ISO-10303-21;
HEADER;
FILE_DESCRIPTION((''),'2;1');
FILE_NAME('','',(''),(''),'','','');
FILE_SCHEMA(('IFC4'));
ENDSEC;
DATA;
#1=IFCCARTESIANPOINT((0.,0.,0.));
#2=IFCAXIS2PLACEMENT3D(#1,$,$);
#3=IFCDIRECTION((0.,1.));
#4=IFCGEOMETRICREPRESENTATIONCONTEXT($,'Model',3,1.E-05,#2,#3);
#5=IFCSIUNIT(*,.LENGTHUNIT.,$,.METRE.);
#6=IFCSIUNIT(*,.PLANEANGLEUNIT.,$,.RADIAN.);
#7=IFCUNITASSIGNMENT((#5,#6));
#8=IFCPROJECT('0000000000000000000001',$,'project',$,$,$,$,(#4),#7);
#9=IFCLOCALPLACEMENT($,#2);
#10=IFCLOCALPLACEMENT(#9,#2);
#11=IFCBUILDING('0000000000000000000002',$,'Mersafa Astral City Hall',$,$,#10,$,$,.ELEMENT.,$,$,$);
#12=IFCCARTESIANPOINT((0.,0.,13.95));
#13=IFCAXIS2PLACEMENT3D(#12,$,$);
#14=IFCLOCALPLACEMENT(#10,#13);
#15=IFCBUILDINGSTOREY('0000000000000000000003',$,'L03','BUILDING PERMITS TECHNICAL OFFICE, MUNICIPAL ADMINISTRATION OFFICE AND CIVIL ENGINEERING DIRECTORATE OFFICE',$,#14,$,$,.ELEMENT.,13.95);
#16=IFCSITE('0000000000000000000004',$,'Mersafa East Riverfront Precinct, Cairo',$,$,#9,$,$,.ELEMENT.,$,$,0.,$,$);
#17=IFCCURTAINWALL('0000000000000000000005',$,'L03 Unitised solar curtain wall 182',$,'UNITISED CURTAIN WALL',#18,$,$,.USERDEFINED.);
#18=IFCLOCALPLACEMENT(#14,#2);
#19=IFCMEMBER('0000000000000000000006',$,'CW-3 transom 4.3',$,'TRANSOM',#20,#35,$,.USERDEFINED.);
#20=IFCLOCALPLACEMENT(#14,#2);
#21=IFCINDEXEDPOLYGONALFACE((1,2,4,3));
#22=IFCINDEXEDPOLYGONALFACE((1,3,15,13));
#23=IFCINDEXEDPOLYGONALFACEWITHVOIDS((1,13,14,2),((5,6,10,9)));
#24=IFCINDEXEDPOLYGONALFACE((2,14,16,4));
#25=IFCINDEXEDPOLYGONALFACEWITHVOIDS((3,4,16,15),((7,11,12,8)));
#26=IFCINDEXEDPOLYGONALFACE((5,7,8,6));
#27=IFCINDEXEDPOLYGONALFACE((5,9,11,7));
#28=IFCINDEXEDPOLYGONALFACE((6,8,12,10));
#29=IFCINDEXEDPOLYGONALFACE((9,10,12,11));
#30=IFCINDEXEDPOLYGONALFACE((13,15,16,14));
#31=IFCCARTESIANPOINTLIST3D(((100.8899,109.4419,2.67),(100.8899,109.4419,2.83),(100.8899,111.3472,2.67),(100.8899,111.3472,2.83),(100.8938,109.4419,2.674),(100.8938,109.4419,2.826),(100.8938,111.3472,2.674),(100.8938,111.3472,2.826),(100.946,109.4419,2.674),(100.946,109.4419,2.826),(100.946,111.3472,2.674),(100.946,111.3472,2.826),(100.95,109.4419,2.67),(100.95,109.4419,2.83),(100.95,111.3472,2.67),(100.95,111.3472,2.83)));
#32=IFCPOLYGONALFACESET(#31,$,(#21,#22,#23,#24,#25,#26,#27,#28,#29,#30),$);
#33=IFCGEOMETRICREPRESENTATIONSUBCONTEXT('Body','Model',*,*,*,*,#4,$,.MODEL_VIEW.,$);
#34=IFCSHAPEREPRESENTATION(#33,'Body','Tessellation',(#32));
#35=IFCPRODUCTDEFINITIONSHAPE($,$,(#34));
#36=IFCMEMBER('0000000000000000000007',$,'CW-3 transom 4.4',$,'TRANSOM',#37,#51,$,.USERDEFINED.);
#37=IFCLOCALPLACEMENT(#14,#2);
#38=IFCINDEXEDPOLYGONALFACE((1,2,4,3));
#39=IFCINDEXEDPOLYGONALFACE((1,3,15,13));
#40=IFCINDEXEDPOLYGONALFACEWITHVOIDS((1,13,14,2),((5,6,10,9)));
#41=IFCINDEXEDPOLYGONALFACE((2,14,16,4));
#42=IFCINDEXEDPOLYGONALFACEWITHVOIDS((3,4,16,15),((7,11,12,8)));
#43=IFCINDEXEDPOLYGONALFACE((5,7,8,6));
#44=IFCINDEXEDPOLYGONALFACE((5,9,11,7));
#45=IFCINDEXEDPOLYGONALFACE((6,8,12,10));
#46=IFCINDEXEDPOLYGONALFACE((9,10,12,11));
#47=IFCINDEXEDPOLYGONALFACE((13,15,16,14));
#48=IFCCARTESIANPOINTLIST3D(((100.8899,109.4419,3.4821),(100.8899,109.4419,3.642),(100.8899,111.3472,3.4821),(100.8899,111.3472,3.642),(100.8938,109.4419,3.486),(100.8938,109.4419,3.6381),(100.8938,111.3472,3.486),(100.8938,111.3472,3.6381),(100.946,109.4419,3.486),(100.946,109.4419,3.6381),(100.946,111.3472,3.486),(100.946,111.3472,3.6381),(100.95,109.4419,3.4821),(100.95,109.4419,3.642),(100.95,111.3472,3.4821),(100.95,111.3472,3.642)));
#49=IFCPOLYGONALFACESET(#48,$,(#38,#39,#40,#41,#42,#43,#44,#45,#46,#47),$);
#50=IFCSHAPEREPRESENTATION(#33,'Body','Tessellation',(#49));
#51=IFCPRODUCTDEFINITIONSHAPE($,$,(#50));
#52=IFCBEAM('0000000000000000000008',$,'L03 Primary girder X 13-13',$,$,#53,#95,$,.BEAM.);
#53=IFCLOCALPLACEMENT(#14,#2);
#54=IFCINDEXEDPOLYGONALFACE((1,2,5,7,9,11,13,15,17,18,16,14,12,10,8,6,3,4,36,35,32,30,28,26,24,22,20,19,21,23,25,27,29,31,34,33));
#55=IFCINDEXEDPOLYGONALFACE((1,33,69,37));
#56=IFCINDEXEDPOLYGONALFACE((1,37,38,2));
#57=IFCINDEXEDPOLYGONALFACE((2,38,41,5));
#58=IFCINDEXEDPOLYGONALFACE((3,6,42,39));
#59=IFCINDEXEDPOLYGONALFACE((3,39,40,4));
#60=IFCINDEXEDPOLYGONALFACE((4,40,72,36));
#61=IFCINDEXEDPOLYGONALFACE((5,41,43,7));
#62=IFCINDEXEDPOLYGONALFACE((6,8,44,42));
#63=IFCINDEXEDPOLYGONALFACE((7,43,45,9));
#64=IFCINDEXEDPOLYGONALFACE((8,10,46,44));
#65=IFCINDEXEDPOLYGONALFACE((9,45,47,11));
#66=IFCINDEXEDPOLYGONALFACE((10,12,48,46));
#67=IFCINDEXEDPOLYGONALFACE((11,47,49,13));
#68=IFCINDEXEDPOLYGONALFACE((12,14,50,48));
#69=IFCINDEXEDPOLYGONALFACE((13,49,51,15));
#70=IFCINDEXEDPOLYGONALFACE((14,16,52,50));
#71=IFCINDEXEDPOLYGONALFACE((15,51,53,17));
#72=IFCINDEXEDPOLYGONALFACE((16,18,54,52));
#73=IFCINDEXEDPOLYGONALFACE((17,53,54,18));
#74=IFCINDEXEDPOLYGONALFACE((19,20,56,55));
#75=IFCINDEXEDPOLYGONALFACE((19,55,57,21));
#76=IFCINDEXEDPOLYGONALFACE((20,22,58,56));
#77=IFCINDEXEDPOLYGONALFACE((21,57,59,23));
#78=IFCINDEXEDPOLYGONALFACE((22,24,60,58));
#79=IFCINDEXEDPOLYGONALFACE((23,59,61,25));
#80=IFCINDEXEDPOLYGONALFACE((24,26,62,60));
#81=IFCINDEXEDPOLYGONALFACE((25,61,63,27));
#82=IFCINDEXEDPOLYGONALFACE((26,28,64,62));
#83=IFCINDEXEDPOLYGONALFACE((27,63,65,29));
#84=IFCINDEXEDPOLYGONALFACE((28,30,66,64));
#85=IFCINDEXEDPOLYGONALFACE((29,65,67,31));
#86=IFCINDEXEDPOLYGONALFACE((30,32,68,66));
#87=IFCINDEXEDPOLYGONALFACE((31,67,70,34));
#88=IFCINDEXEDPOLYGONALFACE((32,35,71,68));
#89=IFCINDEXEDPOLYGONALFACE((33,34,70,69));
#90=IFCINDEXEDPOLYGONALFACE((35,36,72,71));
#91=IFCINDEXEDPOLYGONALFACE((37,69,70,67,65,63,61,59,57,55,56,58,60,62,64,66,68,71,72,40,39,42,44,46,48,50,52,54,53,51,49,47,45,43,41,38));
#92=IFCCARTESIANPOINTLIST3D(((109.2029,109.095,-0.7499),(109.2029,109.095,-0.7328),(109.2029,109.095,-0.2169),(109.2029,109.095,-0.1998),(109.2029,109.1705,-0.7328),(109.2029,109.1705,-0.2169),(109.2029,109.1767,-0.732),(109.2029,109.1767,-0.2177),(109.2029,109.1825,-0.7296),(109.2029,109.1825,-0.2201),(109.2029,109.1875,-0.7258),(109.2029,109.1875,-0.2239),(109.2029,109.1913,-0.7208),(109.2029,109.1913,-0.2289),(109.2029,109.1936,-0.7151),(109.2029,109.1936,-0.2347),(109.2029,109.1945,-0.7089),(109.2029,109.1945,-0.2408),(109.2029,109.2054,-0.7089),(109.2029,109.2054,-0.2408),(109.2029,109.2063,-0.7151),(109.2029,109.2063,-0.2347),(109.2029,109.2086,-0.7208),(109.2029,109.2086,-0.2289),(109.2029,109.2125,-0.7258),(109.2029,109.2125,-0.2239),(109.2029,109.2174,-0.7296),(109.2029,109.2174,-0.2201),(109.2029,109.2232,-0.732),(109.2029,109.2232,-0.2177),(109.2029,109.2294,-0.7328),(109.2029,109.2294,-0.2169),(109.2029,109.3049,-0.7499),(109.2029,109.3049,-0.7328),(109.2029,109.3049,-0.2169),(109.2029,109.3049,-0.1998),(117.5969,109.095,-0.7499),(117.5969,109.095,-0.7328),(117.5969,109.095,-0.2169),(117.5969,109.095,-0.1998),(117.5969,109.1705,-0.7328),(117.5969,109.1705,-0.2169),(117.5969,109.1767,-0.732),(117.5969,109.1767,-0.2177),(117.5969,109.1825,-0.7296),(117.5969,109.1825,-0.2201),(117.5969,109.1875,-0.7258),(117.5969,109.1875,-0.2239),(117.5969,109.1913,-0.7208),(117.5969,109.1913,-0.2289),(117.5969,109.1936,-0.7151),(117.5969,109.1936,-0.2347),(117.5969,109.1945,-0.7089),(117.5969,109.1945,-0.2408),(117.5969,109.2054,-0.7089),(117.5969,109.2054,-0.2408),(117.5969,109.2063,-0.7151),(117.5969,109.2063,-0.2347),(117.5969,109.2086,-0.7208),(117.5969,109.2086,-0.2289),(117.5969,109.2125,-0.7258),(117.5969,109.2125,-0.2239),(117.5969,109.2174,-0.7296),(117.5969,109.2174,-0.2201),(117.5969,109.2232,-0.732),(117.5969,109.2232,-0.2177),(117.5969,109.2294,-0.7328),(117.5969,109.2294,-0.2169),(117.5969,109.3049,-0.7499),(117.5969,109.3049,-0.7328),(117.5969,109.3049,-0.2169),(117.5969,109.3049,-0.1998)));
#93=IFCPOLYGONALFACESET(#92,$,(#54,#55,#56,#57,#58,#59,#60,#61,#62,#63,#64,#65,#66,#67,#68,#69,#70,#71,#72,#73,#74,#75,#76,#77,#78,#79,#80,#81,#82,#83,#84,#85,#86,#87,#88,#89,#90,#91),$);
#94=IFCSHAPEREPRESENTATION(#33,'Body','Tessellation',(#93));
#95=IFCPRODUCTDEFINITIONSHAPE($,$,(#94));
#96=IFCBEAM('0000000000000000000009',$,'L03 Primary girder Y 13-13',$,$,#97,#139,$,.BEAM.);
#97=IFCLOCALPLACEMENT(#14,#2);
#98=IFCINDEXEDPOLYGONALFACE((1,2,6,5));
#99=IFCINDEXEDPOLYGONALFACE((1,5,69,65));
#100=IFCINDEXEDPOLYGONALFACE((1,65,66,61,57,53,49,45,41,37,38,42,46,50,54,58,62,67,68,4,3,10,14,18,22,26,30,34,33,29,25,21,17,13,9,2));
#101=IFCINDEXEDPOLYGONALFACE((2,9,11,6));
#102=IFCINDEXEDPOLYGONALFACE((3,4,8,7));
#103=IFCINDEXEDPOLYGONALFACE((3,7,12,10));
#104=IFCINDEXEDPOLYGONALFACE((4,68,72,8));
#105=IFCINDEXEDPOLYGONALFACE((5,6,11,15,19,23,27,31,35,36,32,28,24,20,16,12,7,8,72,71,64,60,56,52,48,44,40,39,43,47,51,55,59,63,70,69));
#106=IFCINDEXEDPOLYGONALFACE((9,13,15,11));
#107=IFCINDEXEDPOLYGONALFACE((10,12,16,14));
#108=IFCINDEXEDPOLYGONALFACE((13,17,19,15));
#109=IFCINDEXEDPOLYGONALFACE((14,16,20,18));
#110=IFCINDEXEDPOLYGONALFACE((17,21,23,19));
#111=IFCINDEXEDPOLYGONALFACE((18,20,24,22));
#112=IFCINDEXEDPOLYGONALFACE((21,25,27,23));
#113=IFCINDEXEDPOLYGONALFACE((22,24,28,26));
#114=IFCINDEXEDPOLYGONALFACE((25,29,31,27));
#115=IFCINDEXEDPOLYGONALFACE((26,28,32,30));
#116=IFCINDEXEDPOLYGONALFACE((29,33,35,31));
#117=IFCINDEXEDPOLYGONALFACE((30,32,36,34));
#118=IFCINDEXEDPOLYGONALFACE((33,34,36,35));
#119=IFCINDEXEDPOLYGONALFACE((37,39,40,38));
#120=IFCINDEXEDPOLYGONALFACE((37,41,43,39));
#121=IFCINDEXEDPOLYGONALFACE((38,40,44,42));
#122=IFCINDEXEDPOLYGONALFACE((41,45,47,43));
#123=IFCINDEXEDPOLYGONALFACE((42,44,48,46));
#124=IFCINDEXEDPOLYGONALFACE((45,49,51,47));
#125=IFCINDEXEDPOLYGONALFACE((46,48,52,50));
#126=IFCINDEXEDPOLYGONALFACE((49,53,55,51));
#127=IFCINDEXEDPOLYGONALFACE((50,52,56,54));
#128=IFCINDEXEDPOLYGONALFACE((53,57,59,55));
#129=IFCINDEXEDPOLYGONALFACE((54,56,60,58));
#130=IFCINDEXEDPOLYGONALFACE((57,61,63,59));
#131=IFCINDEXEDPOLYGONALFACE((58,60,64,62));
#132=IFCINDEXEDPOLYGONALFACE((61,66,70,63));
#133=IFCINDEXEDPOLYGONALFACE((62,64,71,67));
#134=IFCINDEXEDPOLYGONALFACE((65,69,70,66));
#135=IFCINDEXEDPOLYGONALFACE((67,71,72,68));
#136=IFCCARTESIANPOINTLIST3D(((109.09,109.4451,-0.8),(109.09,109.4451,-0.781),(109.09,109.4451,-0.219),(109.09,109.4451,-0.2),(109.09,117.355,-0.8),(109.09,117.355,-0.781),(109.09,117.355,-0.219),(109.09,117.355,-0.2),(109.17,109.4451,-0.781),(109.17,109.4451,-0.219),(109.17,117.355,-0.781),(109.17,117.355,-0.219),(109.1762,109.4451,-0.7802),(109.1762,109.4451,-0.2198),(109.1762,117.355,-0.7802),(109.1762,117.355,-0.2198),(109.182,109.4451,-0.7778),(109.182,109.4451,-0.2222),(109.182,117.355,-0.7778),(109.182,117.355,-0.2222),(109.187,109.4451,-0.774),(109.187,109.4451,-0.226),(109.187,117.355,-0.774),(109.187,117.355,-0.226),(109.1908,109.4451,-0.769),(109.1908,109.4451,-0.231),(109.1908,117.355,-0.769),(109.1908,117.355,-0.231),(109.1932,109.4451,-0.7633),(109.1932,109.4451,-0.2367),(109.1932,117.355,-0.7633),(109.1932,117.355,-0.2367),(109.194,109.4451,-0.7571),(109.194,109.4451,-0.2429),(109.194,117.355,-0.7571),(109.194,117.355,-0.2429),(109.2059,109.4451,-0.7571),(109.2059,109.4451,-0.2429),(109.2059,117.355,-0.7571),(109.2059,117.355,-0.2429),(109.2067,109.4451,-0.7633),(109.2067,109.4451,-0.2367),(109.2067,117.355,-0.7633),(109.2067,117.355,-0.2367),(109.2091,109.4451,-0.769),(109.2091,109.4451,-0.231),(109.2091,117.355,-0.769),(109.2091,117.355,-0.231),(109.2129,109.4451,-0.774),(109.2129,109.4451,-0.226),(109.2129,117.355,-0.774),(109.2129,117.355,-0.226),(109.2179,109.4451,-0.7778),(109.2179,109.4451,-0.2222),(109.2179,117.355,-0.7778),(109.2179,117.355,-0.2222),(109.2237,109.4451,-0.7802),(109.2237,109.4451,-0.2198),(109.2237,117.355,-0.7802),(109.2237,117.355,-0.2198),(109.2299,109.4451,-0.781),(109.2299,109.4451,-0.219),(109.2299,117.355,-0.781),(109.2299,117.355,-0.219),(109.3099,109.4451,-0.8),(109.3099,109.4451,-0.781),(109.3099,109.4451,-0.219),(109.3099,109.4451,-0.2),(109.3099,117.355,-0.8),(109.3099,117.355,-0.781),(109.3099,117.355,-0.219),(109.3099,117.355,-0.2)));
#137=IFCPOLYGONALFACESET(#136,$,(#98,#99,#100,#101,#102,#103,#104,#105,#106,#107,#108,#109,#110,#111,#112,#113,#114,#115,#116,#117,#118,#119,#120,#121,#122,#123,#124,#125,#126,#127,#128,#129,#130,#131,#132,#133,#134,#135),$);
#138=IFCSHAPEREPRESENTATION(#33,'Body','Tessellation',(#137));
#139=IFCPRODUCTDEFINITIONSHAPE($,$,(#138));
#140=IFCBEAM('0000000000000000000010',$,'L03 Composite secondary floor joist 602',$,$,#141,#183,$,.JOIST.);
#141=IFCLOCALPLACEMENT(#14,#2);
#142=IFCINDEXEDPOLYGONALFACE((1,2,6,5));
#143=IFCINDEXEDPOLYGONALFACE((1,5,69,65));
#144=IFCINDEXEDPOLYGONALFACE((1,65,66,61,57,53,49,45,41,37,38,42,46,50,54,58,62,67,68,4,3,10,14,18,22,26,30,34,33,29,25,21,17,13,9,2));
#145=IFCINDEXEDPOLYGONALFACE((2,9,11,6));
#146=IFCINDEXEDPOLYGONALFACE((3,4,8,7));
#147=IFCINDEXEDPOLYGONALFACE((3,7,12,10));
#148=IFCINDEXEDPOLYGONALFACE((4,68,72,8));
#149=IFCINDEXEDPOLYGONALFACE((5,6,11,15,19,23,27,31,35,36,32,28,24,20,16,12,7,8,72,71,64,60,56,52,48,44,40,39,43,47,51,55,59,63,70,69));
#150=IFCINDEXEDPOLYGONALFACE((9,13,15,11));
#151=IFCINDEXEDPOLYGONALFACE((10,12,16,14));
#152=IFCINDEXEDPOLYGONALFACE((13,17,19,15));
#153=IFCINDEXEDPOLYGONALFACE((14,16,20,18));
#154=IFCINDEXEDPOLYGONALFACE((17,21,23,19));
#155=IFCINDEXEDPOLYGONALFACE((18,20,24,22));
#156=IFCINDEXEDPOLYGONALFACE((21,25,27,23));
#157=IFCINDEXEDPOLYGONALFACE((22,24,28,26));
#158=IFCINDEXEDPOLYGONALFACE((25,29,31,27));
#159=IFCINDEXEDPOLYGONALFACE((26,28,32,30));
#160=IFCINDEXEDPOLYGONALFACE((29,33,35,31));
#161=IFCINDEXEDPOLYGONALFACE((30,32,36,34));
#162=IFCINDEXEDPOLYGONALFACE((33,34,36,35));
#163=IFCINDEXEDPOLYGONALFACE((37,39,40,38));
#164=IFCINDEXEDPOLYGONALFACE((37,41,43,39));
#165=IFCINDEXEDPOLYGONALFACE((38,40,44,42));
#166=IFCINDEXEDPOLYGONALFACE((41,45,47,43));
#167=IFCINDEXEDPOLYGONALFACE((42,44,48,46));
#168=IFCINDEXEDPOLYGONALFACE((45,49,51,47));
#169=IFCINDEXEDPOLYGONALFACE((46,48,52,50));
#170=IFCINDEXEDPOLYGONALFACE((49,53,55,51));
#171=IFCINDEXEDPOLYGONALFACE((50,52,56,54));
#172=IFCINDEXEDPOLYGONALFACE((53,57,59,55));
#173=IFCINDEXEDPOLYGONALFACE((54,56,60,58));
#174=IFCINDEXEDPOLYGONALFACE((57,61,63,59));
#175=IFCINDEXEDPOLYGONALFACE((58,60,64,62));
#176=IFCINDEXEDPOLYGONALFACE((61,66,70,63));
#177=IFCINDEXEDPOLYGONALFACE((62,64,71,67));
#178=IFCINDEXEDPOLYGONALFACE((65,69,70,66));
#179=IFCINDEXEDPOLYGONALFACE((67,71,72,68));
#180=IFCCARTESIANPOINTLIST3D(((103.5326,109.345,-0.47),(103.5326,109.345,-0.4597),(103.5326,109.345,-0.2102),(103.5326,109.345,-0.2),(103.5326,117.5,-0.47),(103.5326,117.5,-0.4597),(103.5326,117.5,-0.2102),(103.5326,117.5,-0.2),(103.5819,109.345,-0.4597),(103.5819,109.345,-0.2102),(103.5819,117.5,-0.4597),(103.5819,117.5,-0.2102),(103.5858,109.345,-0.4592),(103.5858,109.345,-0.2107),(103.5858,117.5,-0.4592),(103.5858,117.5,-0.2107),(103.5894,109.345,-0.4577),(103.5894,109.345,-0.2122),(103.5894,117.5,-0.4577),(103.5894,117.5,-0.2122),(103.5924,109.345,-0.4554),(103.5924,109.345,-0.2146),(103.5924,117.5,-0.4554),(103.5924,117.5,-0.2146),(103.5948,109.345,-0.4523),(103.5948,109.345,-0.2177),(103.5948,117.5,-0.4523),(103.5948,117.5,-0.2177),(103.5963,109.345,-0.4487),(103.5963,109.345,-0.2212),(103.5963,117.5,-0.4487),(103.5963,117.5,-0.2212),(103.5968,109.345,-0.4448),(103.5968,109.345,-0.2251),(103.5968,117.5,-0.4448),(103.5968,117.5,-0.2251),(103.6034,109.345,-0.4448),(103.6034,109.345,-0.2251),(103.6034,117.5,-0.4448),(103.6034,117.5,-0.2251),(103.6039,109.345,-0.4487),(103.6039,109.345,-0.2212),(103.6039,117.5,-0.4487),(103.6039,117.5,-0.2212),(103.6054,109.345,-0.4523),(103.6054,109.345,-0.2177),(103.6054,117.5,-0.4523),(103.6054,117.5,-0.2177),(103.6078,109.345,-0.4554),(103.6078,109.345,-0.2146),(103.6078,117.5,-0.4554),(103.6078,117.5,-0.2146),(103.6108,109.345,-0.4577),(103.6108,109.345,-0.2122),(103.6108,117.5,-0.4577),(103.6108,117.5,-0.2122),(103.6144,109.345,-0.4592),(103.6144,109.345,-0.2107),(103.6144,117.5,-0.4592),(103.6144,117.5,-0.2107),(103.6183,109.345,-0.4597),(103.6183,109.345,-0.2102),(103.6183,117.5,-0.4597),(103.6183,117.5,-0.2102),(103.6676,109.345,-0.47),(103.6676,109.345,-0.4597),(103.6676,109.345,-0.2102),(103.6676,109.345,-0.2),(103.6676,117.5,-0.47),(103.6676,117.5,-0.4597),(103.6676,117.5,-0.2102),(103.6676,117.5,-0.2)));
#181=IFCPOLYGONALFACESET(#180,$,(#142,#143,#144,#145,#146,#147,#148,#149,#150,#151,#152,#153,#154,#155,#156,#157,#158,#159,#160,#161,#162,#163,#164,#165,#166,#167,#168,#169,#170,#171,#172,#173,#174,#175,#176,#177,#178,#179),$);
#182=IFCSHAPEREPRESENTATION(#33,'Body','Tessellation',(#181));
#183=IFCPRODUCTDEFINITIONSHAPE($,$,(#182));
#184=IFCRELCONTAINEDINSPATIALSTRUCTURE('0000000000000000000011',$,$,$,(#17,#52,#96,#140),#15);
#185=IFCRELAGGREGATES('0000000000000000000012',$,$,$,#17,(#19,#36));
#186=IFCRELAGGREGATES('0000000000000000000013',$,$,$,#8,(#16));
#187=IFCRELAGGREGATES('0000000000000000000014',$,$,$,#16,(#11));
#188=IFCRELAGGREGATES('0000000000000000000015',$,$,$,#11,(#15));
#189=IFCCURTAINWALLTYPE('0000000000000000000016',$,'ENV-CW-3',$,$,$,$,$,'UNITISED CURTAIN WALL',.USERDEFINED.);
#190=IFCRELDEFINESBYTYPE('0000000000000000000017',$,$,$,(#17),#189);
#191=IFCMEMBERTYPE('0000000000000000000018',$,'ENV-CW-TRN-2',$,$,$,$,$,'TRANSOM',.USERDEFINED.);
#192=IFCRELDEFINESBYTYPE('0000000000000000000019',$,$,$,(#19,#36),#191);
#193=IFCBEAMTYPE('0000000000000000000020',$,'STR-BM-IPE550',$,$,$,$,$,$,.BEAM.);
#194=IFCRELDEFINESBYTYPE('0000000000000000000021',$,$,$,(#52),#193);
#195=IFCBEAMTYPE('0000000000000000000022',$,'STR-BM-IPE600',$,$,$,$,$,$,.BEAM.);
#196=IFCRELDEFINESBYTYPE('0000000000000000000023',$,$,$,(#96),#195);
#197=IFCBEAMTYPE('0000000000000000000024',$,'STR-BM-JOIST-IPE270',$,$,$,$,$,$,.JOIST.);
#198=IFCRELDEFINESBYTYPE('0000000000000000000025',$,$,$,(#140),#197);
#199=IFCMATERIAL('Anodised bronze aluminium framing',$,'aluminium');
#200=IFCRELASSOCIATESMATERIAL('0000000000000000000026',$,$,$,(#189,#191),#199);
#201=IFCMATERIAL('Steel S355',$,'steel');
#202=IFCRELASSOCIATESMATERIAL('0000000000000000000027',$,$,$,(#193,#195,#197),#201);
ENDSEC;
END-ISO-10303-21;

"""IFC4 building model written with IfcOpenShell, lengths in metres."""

from ifc_helpers import new_model, si_unit, direction, frame, origin, origin_2d, place, context, subcontext, project, spatial, hollow_rectangle, i_section, extrude, material, material_profile, profile_set, type_object, element, aggregate, save


model = new_model("IFC4")

# Units and contexts
model_context = context("Model", 3, precision=1e-05, world=origin(), true_north=direction((0.0, 1.0)))
body_context = subcontext(model_context, "Body", "Model", "MODEL_VIEW")
ifc_project = project(units=[si_unit("LENGTHUNIT", "METRE"), si_unit("PLANEANGLEUNIT", "RADIAN")], contexts=[model_context])

# Site, building, storey
site_placement = place(None, origin())
site = spatial("IfcSite", under=ifc_project, at=site_placement, Name="Mersafa East Riverfront Precinct, Cairo", CompositionType="ELEMENT", RefElevation=0.0)
building_placement = place(site_placement, origin())
building = spatial("IfcBuilding", under=site, at=building_placement, Name="Mersafa Astral City Hall", CompositionType="ELEMENT")
storey_placement = place(building_placement, frame((0.0, 0.0, 13.95)))
storey = spatial("IfcBuildingStorey", under=building, at=storey_placement, Name="L03", Description="BUILDING PERMITS TECHNICAL OFFICE, MUNICIPAL ADMINISTRATION OFFICE AND CIVIL ENGINEERING DIRECTORATE OFFICE", CompositionType="ELEMENT", Elevation=13.95)

# Shared definitions
ifc_material_1 = material(Name="Steel S355", Category="steel")

# Curtain wall
ifc_material_2 = material(Name="Anodised bronze aluminium framing", Category="aluminium")
curtain_wall_type_1 = type_object("IfcCurtainWallType", Name="ENV-CW-3", ElementType="UNITISED CURTAIN WALL", PredefinedType="USERDEFINED", material=ifc_material_2)
curtain_wall_1_placement = place(storey_placement, origin())
curtain_wall_1 = element("IfcCurtainWall", 1, at=curtain_wall_1_placement, inside=storey, type_object=curtain_wall_type_1, Name="L03 Unitised solar curtain wall 182", ObjectType="UNITISED CURTAIN WALL", PredefinedType="USERDEFINED")

# Members
ifc_material_profile_1 = material_profile(ifc_material_2, hollow_rectangle(XDim=0.0601, YDim=0.1599, WallThickness=0.0039, at=origin_2d()), Name="RHS 60x160x4")
ifc_profile_set_1 = profile_set([ifc_material_profile_1], Name="Anodised bronze aluminium framing")
member_type_1 = type_object("IfcMemberType", Name="ENV-CW-TRN-2", ElementType="TRANSOM", PredefinedType="USERDEFINED", material=ifc_profile_set_1)
member_1_placement = place(storey_placement, frame((100.9199, 111.3472, 2.75), z_axis=(0.0, -1.0, 0.0), x_axis=(1.0, 0.0, 0.0)))
member_1 = element("IfcMember", 2, at=member_1_placement, type_object=member_type_1, Name="CW-3 transom 4.3", ObjectType="TRANSOM", PredefinedType="USERDEFINED", context=body_context, shape_type="SweptSolid", body=[
    extrude(hollow_rectangle(XDim=0.0601, YDim=0.1599, WallThickness=0.0039, at=origin_2d()), origin(), (0.0, 0.0, 1.0), 1.9053),
])
member_2_placement = place(storey_placement, frame((100.9199, 111.3472, 3.562), z_axis=(0.0, -1.0, 0.0), x_axis=(1.0, 0.0, 0.0)))
member_2 = element("IfcMember", 3, at=member_2_placement, type_object=member_type_1, Name="CW-3 transom 4.4", ObjectType="TRANSOM", PredefinedType="USERDEFINED", context=body_context, shape_type="SweptSolid", body=[
    extrude(hollow_rectangle(XDim=0.0601, YDim=0.1599, WallThickness=0.0039, at=origin_2d()), origin(), (0.0, 0.0, 1.0), 1.9053),
])

# Beams
ifc_material_profile_2 = material_profile(ifc_material_1, i_section(OverallWidth=0.21, OverallDepth=0.55, WebThickness=0.011, FlangeThickness=0.0171, FilletRadius=0.0239, at=origin_2d()), Name="IPE 550")
ifc_profile_set_2 = profile_set([ifc_material_profile_2], Name="Steel S355")
beam_type_1 = type_object("IfcBeamType", Name="STR-BM-IPE550", PredefinedType="BEAM", material=ifc_profile_set_2)
beam_1_placement = place(storey_placement, frame((109.2029, 109.2, -0.4749), z_axis=(1.0, 0.0, 0.0), x_axis=(0.0, 1.0, 0.0)))
element("IfcBeam", 4, at=beam_1_placement, inside=storey, type_object=beam_type_1, Name="L03 Primary girder X 13-13", PredefinedType="BEAM", context=body_context, shape_type="SweptSolid", body=[
    extrude(i_section(OverallWidth=0.21, OverallDepth=0.55, WebThickness=0.011, FlangeThickness=0.0171, FilletRadius=0.0239, at=origin_2d()), origin(), (0.0, 0.0, 1.0), 8.394),
])
ifc_material_profile_3 = material_profile(ifc_material_1, i_section(OverallWidth=0.22, OverallDepth=0.6001, WebThickness=0.012, FlangeThickness=0.019, FilletRadius=0.0239, at=origin_2d()), Name="IPE 600")
ifc_profile_set_3 = profile_set([ifc_material_profile_3], Name="Steel S355")
beam_type_2 = type_object("IfcBeamType", Name="STR-BM-IPE600", PredefinedType="BEAM", material=ifc_profile_set_3)
beam_2_placement = place(storey_placement, frame((109.2, 109.4451, -0.5), z_axis=(0.0, 1.0, 0.0), x_axis=(-1.0, 0.0, 0.0)))
element("IfcBeam", 5, at=beam_2_placement, inside=storey, type_object=beam_type_2, Name="L03 Primary girder Y 13-13", PredefinedType="BEAM", context=body_context, shape_type="SweptSolid", body=[
    extrude(i_section(OverallWidth=0.22, OverallDepth=0.6001, WebThickness=0.012, FlangeThickness=0.019, FilletRadius=0.0239, at=origin_2d()), origin(), (0.0, 0.0, 1.0), 7.9099),
])
ifc_material_profile_4 = material_profile(ifc_material_1, i_section(OverallWidth=0.135, OverallDepth=0.27, WebThickness=0.0066, FlangeThickness=0.0103, FilletRadius=0.0149, at=origin_2d()), Name="IPE 270")
ifc_profile_set_4 = profile_set([ifc_material_profile_4], Name="Steel S355")
beam_type_3 = type_object("IfcBeamType", Name="STR-BM-JOIST-IPE270", PredefinedType="JOIST", material=ifc_profile_set_4)
for number, where, z_axis, x_axis, name in (
    (6, (103.6001, 109.345, -0.335), (0.0, 1.0, 0.0), (-1.0, 0.0, 0.0), "L03 Composite secondary floor joist 602"),
):
    element("IfcBeam", number, at=place(storey_placement, frame(where, z_axis=z_axis, x_axis=x_axis)), inside=storey, type_object=beam_type_3, Name=name, PredefinedType="JOIST", context=body_context, shape_type="SweptSolid", body=[
        extrude(i_section(OverallWidth=0.135, OverallDepth=0.27, WebThickness=0.0066, FlangeThickness=0.0103, FilletRadius=0.0149, at=origin_2d()), origin(), (0.0, 0.0, 1.0), 8.155),
    ])

aggregate(curtain_wall_1, [member_1, member_2])

save(model, "model.ifc")
